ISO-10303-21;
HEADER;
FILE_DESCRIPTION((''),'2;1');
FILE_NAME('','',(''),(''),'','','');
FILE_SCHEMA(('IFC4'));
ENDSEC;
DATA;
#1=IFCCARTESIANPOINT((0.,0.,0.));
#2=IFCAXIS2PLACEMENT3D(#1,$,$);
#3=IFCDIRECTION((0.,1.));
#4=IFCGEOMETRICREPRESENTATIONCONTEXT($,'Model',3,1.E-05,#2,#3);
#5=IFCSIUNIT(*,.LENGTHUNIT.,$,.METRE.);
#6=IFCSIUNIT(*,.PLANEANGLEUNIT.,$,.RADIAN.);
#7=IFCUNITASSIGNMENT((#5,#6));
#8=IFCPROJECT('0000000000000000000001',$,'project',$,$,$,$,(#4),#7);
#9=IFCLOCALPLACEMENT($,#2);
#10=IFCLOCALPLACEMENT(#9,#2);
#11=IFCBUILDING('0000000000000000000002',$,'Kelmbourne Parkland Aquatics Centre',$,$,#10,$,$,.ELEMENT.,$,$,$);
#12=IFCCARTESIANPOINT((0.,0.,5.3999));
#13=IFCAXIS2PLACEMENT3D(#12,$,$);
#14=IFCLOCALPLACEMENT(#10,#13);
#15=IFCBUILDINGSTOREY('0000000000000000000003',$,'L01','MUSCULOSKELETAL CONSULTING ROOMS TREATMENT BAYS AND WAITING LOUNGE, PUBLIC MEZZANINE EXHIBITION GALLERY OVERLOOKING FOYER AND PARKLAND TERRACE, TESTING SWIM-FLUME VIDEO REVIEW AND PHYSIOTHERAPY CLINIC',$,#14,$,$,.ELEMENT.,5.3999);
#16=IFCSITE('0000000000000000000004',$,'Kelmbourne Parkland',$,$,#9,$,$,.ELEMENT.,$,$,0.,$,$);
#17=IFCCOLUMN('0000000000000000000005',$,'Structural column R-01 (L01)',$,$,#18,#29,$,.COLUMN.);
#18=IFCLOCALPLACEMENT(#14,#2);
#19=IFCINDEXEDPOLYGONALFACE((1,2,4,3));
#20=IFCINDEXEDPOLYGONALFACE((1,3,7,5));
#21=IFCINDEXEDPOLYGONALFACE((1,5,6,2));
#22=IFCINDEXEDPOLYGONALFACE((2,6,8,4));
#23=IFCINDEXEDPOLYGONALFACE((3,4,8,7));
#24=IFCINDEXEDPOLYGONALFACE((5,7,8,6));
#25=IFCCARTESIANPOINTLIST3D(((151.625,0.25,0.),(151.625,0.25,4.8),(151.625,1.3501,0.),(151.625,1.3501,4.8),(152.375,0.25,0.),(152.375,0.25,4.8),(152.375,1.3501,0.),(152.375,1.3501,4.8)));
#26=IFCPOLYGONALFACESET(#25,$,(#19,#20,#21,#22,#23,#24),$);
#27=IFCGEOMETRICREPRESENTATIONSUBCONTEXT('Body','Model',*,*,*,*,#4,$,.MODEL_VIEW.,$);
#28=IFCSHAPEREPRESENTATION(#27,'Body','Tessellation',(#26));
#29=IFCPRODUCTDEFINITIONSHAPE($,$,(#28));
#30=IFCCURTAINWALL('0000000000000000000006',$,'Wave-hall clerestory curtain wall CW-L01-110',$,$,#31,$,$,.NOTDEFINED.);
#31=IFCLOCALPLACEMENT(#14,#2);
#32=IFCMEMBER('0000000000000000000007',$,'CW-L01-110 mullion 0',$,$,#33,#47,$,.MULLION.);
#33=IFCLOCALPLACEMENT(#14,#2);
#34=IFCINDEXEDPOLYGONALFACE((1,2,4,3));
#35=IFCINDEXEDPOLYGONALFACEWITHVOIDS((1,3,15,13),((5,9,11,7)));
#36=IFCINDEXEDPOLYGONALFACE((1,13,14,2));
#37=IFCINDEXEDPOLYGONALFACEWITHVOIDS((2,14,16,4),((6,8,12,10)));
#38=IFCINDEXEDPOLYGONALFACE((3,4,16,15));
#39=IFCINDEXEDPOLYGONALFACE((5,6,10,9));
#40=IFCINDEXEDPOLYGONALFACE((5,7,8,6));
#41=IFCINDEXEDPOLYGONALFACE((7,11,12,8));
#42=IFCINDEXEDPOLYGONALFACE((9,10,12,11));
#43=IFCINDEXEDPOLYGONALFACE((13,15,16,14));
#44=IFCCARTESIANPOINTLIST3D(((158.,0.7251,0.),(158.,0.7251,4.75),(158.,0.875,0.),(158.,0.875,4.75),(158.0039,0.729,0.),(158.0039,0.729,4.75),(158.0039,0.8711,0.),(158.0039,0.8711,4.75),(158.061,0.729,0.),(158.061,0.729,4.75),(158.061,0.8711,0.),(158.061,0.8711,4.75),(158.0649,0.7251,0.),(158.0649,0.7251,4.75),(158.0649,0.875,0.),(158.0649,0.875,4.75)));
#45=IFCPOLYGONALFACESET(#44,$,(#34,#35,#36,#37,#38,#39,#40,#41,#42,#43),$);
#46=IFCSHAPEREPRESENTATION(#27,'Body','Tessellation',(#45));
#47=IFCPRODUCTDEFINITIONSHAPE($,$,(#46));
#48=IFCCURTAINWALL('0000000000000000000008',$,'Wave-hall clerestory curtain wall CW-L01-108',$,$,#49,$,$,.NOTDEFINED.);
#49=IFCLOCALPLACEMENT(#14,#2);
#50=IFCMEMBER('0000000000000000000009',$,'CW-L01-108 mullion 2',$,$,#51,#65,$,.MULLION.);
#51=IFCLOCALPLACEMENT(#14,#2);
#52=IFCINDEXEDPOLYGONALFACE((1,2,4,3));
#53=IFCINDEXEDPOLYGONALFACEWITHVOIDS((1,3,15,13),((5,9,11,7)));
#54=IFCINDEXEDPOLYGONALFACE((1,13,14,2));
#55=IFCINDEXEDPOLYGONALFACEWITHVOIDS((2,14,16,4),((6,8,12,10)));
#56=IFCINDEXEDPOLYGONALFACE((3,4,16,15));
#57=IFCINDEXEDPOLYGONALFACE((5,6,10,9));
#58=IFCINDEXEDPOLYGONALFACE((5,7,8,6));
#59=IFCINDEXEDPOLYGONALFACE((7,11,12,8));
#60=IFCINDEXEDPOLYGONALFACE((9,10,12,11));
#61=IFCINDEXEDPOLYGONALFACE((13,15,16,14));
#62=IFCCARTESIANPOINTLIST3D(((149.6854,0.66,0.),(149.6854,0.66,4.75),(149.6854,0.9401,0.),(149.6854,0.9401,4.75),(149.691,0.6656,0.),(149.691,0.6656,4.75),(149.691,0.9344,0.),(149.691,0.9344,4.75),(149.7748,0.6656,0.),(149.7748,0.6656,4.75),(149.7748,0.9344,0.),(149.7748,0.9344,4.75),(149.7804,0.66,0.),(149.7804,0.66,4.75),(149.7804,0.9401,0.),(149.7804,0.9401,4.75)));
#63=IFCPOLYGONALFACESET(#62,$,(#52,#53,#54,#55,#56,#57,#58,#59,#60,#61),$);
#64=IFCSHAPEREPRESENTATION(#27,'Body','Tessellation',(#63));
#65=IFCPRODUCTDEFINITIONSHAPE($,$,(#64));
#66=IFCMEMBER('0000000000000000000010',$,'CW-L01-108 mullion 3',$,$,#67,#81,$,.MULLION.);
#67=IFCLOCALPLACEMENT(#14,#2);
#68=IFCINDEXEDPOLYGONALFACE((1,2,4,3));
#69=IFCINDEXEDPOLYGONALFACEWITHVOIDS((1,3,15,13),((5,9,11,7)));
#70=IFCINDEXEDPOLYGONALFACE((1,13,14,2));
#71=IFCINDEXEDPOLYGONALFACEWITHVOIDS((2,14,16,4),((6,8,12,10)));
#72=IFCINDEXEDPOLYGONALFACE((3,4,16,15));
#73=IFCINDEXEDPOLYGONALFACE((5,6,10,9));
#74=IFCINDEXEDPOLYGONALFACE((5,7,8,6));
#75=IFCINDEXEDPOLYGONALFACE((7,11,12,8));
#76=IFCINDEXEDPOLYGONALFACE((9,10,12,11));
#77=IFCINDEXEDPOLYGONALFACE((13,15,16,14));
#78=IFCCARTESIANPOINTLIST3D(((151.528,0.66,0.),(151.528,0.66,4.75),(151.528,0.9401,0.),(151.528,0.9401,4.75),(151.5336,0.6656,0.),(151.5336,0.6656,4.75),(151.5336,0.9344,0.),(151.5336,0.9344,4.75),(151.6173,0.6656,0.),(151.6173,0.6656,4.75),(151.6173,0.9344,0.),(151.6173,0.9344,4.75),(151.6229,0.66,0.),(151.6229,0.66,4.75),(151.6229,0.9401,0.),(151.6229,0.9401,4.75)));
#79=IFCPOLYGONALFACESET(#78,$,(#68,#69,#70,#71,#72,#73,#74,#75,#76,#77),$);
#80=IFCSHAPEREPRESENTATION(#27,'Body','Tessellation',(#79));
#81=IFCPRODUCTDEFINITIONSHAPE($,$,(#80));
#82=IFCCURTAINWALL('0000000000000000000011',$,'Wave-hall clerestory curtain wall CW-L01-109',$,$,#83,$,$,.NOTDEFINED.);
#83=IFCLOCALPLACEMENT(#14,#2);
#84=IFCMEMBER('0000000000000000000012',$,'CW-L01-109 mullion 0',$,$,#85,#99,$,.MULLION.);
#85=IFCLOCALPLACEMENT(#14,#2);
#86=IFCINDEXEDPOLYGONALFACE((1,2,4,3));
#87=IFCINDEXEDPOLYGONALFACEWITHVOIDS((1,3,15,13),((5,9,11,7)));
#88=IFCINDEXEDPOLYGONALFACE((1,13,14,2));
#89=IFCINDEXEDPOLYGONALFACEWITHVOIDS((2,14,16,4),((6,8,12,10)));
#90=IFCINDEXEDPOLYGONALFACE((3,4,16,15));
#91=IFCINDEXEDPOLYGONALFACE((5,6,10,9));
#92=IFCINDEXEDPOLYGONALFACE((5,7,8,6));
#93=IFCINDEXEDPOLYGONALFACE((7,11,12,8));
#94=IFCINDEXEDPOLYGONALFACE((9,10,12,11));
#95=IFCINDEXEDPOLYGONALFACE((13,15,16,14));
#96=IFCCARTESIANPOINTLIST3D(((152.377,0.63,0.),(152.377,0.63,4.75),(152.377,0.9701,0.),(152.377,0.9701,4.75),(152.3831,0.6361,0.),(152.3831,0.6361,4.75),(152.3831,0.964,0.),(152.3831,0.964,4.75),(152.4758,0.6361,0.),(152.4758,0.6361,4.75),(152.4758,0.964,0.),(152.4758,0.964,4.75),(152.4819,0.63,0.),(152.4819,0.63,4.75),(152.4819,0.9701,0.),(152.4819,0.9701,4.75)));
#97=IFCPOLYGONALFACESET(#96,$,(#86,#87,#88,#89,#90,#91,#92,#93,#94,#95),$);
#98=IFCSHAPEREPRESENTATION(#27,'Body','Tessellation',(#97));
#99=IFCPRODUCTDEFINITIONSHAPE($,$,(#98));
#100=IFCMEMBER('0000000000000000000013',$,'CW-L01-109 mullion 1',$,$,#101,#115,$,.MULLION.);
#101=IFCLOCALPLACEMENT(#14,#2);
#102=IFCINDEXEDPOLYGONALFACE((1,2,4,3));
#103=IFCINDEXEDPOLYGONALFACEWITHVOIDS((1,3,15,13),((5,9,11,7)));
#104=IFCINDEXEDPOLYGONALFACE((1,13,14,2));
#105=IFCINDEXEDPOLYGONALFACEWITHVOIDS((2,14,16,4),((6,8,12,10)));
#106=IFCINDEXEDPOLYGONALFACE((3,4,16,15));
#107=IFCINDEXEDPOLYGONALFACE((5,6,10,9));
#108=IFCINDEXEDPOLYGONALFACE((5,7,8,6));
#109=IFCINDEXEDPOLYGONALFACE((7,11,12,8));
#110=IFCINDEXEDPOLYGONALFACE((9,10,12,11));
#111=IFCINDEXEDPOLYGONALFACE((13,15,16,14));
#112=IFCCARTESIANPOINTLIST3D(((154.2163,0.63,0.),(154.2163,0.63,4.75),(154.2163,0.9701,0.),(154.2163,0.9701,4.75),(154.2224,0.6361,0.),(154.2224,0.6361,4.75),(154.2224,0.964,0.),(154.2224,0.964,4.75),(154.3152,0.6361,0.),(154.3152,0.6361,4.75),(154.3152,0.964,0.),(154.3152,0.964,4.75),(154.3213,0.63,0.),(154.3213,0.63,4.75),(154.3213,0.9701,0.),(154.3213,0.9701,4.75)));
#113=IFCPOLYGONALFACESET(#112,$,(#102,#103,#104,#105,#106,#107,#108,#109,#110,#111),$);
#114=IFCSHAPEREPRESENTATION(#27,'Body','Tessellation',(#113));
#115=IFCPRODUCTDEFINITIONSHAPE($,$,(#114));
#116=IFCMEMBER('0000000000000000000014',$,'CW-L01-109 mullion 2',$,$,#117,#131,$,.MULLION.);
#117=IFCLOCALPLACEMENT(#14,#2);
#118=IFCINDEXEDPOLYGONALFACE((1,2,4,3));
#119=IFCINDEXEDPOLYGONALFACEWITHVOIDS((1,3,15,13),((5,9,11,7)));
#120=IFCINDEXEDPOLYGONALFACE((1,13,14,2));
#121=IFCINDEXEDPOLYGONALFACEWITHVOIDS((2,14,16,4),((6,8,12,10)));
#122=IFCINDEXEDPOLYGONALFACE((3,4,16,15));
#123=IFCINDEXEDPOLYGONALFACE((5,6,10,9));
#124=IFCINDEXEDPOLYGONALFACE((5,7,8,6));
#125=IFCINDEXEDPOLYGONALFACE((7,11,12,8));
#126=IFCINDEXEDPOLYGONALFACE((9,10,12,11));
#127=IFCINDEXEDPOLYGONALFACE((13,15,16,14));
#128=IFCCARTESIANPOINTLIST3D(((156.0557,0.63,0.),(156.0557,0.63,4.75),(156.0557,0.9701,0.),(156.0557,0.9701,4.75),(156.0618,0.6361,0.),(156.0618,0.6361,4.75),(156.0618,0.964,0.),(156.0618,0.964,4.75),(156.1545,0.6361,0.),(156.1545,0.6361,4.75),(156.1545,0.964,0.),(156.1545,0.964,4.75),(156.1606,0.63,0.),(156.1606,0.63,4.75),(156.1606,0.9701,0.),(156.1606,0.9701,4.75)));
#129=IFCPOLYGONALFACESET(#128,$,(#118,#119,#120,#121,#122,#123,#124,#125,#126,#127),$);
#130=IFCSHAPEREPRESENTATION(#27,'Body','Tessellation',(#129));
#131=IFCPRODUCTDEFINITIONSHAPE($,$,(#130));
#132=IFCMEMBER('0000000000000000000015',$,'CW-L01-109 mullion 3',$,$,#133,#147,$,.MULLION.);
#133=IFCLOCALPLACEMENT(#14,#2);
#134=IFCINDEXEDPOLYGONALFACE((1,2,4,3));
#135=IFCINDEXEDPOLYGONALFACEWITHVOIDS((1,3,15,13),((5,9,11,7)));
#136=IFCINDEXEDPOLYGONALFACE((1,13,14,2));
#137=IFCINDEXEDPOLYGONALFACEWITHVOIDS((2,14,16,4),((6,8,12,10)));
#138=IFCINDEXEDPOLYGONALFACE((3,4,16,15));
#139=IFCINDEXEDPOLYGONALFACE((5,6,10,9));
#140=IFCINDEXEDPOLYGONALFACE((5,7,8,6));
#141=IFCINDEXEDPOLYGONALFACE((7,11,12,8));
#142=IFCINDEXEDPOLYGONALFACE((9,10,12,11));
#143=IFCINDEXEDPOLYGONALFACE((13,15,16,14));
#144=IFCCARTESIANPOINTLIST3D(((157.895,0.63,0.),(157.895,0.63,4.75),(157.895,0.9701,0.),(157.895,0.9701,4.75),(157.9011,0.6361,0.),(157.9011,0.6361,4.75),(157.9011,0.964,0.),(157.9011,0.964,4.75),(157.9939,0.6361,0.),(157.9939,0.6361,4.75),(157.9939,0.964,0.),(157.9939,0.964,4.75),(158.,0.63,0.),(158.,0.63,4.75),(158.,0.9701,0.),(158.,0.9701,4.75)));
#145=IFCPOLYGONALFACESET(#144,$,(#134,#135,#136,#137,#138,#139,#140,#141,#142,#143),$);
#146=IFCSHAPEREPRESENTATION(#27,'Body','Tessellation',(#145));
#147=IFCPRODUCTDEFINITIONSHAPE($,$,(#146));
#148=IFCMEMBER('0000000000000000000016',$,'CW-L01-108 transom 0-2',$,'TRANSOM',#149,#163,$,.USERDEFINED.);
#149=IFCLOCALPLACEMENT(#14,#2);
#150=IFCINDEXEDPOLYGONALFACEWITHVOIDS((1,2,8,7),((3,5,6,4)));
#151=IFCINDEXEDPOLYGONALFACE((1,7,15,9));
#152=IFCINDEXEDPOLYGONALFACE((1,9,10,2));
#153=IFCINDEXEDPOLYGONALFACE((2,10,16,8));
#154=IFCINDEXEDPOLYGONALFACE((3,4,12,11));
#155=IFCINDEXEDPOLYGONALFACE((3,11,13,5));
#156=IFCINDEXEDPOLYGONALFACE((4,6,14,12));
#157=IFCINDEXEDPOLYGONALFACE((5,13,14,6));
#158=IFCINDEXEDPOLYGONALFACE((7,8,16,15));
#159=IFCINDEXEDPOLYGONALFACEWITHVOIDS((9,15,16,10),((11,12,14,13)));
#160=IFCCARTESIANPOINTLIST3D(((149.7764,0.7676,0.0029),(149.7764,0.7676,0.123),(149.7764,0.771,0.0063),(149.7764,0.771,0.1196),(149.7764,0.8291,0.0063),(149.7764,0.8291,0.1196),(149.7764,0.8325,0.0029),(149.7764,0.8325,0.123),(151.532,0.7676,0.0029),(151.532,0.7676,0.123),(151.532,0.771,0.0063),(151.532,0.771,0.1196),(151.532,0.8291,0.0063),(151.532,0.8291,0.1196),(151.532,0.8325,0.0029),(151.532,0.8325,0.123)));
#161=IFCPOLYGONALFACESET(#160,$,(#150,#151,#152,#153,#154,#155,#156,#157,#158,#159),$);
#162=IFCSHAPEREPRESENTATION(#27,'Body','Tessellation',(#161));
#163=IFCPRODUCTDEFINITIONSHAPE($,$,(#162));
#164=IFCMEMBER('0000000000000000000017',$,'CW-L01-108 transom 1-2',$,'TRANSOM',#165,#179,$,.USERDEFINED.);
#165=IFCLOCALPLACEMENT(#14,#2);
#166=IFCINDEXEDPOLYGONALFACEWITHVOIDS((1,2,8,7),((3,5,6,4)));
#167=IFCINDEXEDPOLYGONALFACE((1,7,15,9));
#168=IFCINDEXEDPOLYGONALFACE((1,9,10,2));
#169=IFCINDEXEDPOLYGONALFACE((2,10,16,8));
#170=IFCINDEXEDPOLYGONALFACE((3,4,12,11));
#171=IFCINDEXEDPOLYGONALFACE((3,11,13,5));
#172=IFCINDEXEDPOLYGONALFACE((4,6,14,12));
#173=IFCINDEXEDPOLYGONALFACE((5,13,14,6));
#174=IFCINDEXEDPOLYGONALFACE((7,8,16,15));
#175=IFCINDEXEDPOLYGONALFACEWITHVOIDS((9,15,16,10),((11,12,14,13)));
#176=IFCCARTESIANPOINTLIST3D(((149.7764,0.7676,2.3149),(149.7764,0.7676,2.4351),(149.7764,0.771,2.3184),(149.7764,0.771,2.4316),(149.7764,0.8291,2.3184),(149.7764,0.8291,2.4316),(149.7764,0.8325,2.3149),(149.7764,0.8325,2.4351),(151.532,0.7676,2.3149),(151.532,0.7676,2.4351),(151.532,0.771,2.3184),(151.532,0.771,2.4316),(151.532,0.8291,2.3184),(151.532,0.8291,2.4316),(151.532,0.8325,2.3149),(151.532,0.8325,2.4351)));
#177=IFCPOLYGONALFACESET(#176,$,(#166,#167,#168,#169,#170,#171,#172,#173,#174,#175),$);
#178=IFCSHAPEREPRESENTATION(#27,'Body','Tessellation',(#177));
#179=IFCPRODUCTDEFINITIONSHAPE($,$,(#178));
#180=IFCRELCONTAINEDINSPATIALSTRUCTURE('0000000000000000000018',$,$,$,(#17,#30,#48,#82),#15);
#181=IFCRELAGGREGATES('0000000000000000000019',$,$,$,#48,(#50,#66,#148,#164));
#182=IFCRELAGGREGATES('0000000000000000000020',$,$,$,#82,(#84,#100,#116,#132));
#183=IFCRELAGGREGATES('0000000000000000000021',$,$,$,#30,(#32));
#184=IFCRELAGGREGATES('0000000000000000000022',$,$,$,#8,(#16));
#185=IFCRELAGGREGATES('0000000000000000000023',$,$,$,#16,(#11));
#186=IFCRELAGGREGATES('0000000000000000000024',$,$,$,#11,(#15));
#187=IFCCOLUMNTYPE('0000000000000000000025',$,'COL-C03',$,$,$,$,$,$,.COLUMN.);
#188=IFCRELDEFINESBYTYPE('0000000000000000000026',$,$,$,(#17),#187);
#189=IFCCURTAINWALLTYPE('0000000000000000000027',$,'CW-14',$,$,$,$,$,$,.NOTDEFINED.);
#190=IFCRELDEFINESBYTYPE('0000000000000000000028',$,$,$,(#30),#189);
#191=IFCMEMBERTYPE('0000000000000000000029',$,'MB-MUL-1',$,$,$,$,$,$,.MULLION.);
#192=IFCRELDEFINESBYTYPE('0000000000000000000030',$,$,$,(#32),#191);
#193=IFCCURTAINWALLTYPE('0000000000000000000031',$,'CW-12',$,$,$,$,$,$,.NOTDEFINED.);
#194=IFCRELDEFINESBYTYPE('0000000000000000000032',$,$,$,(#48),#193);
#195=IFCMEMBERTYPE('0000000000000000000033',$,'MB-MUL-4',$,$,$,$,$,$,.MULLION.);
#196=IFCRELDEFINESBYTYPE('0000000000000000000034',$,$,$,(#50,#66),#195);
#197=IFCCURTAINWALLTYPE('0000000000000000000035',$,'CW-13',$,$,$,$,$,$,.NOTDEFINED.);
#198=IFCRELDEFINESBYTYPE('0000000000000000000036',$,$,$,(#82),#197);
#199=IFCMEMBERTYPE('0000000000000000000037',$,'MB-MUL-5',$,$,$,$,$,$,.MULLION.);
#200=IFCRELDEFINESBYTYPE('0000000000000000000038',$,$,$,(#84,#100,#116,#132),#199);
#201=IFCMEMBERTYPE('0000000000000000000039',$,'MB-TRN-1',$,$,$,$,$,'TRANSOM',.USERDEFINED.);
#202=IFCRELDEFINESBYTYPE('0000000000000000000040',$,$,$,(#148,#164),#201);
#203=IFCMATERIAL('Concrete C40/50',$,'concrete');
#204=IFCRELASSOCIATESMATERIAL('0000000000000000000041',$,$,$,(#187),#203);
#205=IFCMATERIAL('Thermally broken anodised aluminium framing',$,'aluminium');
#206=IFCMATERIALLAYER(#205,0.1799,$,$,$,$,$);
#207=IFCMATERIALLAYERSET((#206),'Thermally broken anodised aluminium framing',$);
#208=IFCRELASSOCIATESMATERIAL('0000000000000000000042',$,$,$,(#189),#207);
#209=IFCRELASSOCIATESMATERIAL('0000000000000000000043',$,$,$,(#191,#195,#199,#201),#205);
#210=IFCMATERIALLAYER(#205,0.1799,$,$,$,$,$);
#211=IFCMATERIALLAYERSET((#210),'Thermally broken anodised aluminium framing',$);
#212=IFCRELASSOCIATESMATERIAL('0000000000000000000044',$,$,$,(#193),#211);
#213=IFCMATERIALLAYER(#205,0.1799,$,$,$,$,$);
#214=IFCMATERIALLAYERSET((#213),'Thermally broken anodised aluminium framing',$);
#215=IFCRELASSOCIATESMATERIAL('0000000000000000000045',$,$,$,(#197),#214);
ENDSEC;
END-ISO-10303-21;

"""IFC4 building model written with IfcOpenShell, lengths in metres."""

from ifc_helpers import new_model, si_unit, direction, frame, origin, origin_2d, place, context, subcontext, project, spatial, rectangle, hollow_rectangle, extrude, material, layer, layer_set, material_profile, profile_set, type_object, element, aggregate, save


model = new_model("IFC4")

# Units and contexts
model_context = context("Model", 3, precision=1e-05, world=origin(), true_north=direction((0.0, 1.0)))
body_context = subcontext(model_context, "Body", "Model", "MODEL_VIEW")
ifc_project = project(units=[si_unit("LENGTHUNIT", "METRE"), si_unit("PLANEANGLEUNIT", "RADIAN")], contexts=[model_context])

# Site, building, storey
site_placement = place(None, origin())
site = spatial("IfcSite", under=ifc_project, at=site_placement, Name="Kelmbourne Parkland", CompositionType="ELEMENT", RefElevation=0.0)
building_placement = place(site_placement, origin())
building = spatial("IfcBuilding", under=site, at=building_placement, Name="Kelmbourne Parkland Aquatics Centre", CompositionType="ELEMENT")
storey_placement = place(building_placement, frame((0.0, 0.0, 5.3999)))
storey = spatial("IfcBuildingStorey", under=building, at=storey_placement, Name="L01", Description="MUSCULOSKELETAL CONSULTING ROOMS TREATMENT BAYS AND WAITING LOUNGE, PUBLIC MEZZANINE EXHIBITION GALLERY OVERLOOKING FOYER AND PARKLAND TERRACE, TESTING SWIM-FLUME VIDEO REVIEW AND PHYSIOTHERAPY CLINIC", CompositionType="ELEMENT", Elevation=5.3999)

# Column
ifc_material_1 = material(Name="Concrete C40/50", Category="concrete")
ifc_material_profile_1 = material_profile(ifc_material_1, rectangle(XDim=0.75, YDim=1.1001, at=origin_2d()), Name="RC 750x1100")
ifc_profile_set_1 = profile_set([ifc_material_profile_1], Name="Concrete C40/50")
column_type = type_object("IfcColumnType", Name="COL-C03", PredefinedType="COLUMN", material=ifc_profile_set_1)
column_placement = place(storey_placement, frame((152.0, 0.8, 0.0), z_axis=(0.0, 0.0, 1.0), x_axis=(1.0, 0.0, 0.0)))
element("IfcColumn", 1, at=column_placement, inside=storey, type_object=column_type, Name="Structural column R-01 (L01)", PredefinedType="COLUMN", context=body_context, shape_type="SweptSolid", body=[
    extrude(rectangle(XDim=0.75, YDim=1.1001, at=origin_2d()), origin(), (0.0, 0.0, 1.0), 4.8),
])

# Curtain wall, member
ifc_material_2 = material(Name="Thermally broken anodised aluminium framing", Category="aluminium")
ifc_layer_1 = layer(ifc_material_2, 0.1799)
ifc_layer_set_1 = layer_set([ifc_layer_1], Name="Thermally broken anodised aluminium framing")
curtain_wall_type_1 = type_object("IfcCurtainWallType", Name="CW-14", PredefinedType="NOTDEFINED", material=ifc_layer_set_1)
curtain_wall_1_placement = place(storey_placement, origin())
curtain_wall_1 = element("IfcCurtainWall", 2, at=curtain_wall_1_placement, inside=storey, type_object=curtain_wall_type_1, Name="Wave-hall clerestory curtain wall CW-L01-110", PredefinedType="NOTDEFINED")
ifc_material_profile_2 = material_profile(ifc_material_2, hollow_rectangle(XDim=0.0649, YDim=0.1499, WallThickness=0.0039, at=origin_2d()), Name="CW-M 65x150")
ifc_profile_set_2 = profile_set([ifc_material_profile_2], Name="Thermally broken anodised aluminium framing")
member_type_1 = type_object("IfcMemberType", Name="MB-MUL-1", PredefinedType="MULLION", material=ifc_profile_set_2)
member_1_placement = place(storey_placement, frame((158.0325, 0.8, 0.0), z_axis=(0.0, 0.0, 1.0), x_axis=(1.0, 0.0, 0.0)))
member_1 = element("IfcMember", 3, at=member_1_placement, type_object=member_type_1, Name="CW-L01-110 mullion 0", PredefinedType="MULLION", context=body_context, shape_type="SweptSolid", body=[
    extrude(hollow_rectangle(XDim=0.0649, YDim=0.1499, WallThickness=0.0039, at=origin_2d()), origin(), (0.0, 0.0, 1.0), 4.75),
])

# Curtain walls, members
ifc_layer_2 = layer(ifc_material_2, 0.1799)
ifc_layer_set_2 = layer_set([ifc_layer_2], Name="Thermally broken anodised aluminium framing")
curtain_wall_type_2 = type_object("IfcCurtainWallType", Name="CW-12", PredefinedType="NOTDEFINED", material=ifc_layer_set_2)
curtain_wall_2_placement = place(storey_placement, origin())
curtain_wall_2 = element("IfcCurtainWall", 4, at=curtain_wall_2_placement, inside=storey, type_object=curtain_wall_type_2, Name="Wave-hall clerestory curtain wall CW-L01-108", PredefinedType="NOTDEFINED")
ifc_material_profile_3 = material_profile(ifc_material_2, hollow_rectangle(XDim=0.095, YDim=0.28, WallThickness=0.0056, at=origin_2d()), Name="CW-M 95x280")
ifc_profile_set_3 = profile_set([ifc_material_profile_3], Name="Thermally broken anodised aluminium framing")
member_type_2 = type_object("IfcMemberType", Name="MB-MUL-4", PredefinedType="MULLION", material=ifc_profile_set_3)
member_2_placement = place(storey_placement, frame((149.7329, 0.8, 0.0), z_axis=(0.0, 0.0, 1.0), x_axis=(1.0, 0.0, 0.0)))
member_2 = element("IfcMember", 5, at=member_2_placement, type_object=member_type_2, Name="CW-L01-108 mullion 2", PredefinedType="MULLION", context=body_context, shape_type="SweptSolid", body=[
    extrude(hollow_rectangle(XDim=0.095, YDim=0.28, WallThickness=0.0056, at=origin_2d()), origin(), (0.0, 0.0, 1.0), 4.75),
])
member_3_placement = place(storey_placement, frame((151.5754, 0.8, 0.0), z_axis=(0.0, 0.0, 1.0), x_axis=(1.0, 0.0, 0.0)))
member_3 = element("IfcMember", 6, at=member_3_placement, type_object=member_type_2, Name="CW-L01-108 mullion 3", PredefinedType="MULLION", context=body_context, shape_type="SweptSolid", body=[
    extrude(hollow_rectangle(XDim=0.095, YDim=0.28, WallThickness=0.0056, at=origin_2d()), origin(), (0.0, 0.0, 1.0), 4.75),
])
ifc_layer_3 = layer(ifc_material_2, 0.1799)
ifc_layer_set_3 = layer_set([ifc_layer_3], Name="Thermally broken anodised aluminium framing")
curtain_wall_type_3 = type_object("IfcCurtainWallType", Name="CW-13", PredefinedType="NOTDEFINED", material=ifc_layer_set_3)
curtain_wall_3_placement = place(storey_placement, origin())
curtain_wall_3 = element("IfcCurtainWall", 7, at=curtain_wall_3_placement, inside=storey, type_object=curtain_wall_type_3, Name="Wave-hall clerestory curtain wall CW-L01-109", PredefinedType="NOTDEFINED")
ifc_material_profile_4 = material_profile(ifc_material_2, hollow_rectangle(XDim=0.105, YDim=0.3401, WallThickness=0.0061, at=origin_2d()), Name="CW-M 105x340")
ifc_profile_set_4 = profile_set([ifc_material_profile_4], Name="Thermally broken anodised aluminium framing")
member_type_3 = type_object("IfcMemberType", Name="MB-MUL-5", PredefinedType="MULLION", material=ifc_profile_set_4)
member_4_placement = place(storey_placement, frame((152.4294, 0.8, 0.0), z_axis=(0.0, 0.0, 1.0), x_axis=(1.0, 0.0, 0.0)))
member_4 = element("IfcMember", 8, at=member_4_placement, type_object=member_type_3, Name="CW-L01-109 mullion 0", PredefinedType="MULLION", context=body_context, shape_type="SweptSolid", body=[
    extrude(hollow_rectangle(XDim=0.105, YDim=0.3401, WallThickness=0.0061, at=origin_2d()), origin(), (0.0, 0.0, 1.0), 4.75),
])
member_5_placement = place(storey_placement, frame((154.2688, 0.8, 0.0), z_axis=(0.0, 0.0, 1.0), x_axis=(1.0, 0.0, 0.0)))
member_5 = element("IfcMember", 9, at=member_5_placement, type_object=member_type_3, Name="CW-L01-109 mullion 1", PredefinedType="MULLION", context=body_context, shape_type="SweptSolid", body=[
    extrude(hollow_rectangle(XDim=0.105, YDim=0.3401, WallThickness=0.0061, at=origin_2d()), origin(), (0.0, 0.0, 1.0), 4.75),
])
member_6_placement = place(storey_placement, frame((156.1082, 0.8, 0.0), z_axis=(0.0, 0.0, 1.0), x_axis=(1.0, 0.0, 0.0)))
member_6 = element("IfcMember", 10, at=member_6_placement, type_object=member_type_3, Name="CW-L01-109 mullion 2", PredefinedType="MULLION", context=body_context, shape_type="SweptSolid", body=[
    extrude(hollow_rectangle(XDim=0.105, YDim=0.3401, WallThickness=0.0061, at=origin_2d()), origin(), (0.0, 0.0, 1.0), 4.75),
])
member_7_placement = place(storey_placement, frame((157.9475, 0.8, 0.0), z_axis=(0.0, 0.0, 1.0), x_axis=(1.0, 0.0, 0.0)))
member_7 = element("IfcMember", 11, at=member_7_placement, type_object=member_type_3, Name="CW-L01-109 mullion 3", PredefinedType="MULLION", context=body_context, shape_type="SweptSolid", body=[
    extrude(hollow_rectangle(XDim=0.105, YDim=0.3401, WallThickness=0.0061, at=origin_2d()), origin(), (0.0, 0.0, 1.0), 4.75),
])

# Members
ifc_material_profile_5 = material_profile(ifc_material_2, hollow_rectangle(XDim=0.0649, YDim=0.1201, WallThickness=0.0034, at=origin_2d()), Name="CW-T 65x120")
ifc_profile_set_5 = profile_set([ifc_material_profile_5], Name="Thermally broken anodised aluminium framing")
member_type_4 = type_object("IfcMemberType", Name="MB-TRN-1", ElementType="TRANSOM", PredefinedType="USERDEFINED", material=ifc_profile_set_5)
member_8_placement = place(storey_placement, frame((149.7764, 0.8, 0.063), z_axis=(1.0, 0.0, 0.0), x_axis=(0.0, 1.0, 0.0)))
member_8 = element("IfcMember", 12, at=member_8_placement, type_object=member_type_4, Name="CW-L01-108 transom 0-2", ObjectType="TRANSOM", PredefinedType="USERDEFINED", context=body_context, shape_type="SweptSolid", body=[
    extrude(hollow_rectangle(XDim=0.0649, YDim=0.1201, WallThickness=0.0034, at=origin_2d()), origin(), (0.0, 0.0, 1.0), 1.7556),
])
member_9_placement = place(storey_placement, frame((149.7764, 0.8, 2.375), z_axis=(1.0, 0.0, 0.0), x_axis=(0.0, 1.0, 0.0)))
member_9 = element("IfcMember", 13, at=member_9_placement, type_object=member_type_4, Name="CW-L01-108 transom 1-2", ObjectType="TRANSOM", PredefinedType="USERDEFINED", context=body_context, shape_type="SweptSolid", body=[
    extrude(hollow_rectangle(XDim=0.0649, YDim=0.1201, WallThickness=0.0034, at=origin_2d()), origin(), (0.0, 0.0, 1.0), 1.7556),
])

aggregate(curtain_wall_2, [member_2, member_3, member_8, member_9])
aggregate(curtain_wall_3, [member_4, member_5, member_6, member_7])
aggregate(curtain_wall_1, [member_1])

save(model, "model.ifc")
